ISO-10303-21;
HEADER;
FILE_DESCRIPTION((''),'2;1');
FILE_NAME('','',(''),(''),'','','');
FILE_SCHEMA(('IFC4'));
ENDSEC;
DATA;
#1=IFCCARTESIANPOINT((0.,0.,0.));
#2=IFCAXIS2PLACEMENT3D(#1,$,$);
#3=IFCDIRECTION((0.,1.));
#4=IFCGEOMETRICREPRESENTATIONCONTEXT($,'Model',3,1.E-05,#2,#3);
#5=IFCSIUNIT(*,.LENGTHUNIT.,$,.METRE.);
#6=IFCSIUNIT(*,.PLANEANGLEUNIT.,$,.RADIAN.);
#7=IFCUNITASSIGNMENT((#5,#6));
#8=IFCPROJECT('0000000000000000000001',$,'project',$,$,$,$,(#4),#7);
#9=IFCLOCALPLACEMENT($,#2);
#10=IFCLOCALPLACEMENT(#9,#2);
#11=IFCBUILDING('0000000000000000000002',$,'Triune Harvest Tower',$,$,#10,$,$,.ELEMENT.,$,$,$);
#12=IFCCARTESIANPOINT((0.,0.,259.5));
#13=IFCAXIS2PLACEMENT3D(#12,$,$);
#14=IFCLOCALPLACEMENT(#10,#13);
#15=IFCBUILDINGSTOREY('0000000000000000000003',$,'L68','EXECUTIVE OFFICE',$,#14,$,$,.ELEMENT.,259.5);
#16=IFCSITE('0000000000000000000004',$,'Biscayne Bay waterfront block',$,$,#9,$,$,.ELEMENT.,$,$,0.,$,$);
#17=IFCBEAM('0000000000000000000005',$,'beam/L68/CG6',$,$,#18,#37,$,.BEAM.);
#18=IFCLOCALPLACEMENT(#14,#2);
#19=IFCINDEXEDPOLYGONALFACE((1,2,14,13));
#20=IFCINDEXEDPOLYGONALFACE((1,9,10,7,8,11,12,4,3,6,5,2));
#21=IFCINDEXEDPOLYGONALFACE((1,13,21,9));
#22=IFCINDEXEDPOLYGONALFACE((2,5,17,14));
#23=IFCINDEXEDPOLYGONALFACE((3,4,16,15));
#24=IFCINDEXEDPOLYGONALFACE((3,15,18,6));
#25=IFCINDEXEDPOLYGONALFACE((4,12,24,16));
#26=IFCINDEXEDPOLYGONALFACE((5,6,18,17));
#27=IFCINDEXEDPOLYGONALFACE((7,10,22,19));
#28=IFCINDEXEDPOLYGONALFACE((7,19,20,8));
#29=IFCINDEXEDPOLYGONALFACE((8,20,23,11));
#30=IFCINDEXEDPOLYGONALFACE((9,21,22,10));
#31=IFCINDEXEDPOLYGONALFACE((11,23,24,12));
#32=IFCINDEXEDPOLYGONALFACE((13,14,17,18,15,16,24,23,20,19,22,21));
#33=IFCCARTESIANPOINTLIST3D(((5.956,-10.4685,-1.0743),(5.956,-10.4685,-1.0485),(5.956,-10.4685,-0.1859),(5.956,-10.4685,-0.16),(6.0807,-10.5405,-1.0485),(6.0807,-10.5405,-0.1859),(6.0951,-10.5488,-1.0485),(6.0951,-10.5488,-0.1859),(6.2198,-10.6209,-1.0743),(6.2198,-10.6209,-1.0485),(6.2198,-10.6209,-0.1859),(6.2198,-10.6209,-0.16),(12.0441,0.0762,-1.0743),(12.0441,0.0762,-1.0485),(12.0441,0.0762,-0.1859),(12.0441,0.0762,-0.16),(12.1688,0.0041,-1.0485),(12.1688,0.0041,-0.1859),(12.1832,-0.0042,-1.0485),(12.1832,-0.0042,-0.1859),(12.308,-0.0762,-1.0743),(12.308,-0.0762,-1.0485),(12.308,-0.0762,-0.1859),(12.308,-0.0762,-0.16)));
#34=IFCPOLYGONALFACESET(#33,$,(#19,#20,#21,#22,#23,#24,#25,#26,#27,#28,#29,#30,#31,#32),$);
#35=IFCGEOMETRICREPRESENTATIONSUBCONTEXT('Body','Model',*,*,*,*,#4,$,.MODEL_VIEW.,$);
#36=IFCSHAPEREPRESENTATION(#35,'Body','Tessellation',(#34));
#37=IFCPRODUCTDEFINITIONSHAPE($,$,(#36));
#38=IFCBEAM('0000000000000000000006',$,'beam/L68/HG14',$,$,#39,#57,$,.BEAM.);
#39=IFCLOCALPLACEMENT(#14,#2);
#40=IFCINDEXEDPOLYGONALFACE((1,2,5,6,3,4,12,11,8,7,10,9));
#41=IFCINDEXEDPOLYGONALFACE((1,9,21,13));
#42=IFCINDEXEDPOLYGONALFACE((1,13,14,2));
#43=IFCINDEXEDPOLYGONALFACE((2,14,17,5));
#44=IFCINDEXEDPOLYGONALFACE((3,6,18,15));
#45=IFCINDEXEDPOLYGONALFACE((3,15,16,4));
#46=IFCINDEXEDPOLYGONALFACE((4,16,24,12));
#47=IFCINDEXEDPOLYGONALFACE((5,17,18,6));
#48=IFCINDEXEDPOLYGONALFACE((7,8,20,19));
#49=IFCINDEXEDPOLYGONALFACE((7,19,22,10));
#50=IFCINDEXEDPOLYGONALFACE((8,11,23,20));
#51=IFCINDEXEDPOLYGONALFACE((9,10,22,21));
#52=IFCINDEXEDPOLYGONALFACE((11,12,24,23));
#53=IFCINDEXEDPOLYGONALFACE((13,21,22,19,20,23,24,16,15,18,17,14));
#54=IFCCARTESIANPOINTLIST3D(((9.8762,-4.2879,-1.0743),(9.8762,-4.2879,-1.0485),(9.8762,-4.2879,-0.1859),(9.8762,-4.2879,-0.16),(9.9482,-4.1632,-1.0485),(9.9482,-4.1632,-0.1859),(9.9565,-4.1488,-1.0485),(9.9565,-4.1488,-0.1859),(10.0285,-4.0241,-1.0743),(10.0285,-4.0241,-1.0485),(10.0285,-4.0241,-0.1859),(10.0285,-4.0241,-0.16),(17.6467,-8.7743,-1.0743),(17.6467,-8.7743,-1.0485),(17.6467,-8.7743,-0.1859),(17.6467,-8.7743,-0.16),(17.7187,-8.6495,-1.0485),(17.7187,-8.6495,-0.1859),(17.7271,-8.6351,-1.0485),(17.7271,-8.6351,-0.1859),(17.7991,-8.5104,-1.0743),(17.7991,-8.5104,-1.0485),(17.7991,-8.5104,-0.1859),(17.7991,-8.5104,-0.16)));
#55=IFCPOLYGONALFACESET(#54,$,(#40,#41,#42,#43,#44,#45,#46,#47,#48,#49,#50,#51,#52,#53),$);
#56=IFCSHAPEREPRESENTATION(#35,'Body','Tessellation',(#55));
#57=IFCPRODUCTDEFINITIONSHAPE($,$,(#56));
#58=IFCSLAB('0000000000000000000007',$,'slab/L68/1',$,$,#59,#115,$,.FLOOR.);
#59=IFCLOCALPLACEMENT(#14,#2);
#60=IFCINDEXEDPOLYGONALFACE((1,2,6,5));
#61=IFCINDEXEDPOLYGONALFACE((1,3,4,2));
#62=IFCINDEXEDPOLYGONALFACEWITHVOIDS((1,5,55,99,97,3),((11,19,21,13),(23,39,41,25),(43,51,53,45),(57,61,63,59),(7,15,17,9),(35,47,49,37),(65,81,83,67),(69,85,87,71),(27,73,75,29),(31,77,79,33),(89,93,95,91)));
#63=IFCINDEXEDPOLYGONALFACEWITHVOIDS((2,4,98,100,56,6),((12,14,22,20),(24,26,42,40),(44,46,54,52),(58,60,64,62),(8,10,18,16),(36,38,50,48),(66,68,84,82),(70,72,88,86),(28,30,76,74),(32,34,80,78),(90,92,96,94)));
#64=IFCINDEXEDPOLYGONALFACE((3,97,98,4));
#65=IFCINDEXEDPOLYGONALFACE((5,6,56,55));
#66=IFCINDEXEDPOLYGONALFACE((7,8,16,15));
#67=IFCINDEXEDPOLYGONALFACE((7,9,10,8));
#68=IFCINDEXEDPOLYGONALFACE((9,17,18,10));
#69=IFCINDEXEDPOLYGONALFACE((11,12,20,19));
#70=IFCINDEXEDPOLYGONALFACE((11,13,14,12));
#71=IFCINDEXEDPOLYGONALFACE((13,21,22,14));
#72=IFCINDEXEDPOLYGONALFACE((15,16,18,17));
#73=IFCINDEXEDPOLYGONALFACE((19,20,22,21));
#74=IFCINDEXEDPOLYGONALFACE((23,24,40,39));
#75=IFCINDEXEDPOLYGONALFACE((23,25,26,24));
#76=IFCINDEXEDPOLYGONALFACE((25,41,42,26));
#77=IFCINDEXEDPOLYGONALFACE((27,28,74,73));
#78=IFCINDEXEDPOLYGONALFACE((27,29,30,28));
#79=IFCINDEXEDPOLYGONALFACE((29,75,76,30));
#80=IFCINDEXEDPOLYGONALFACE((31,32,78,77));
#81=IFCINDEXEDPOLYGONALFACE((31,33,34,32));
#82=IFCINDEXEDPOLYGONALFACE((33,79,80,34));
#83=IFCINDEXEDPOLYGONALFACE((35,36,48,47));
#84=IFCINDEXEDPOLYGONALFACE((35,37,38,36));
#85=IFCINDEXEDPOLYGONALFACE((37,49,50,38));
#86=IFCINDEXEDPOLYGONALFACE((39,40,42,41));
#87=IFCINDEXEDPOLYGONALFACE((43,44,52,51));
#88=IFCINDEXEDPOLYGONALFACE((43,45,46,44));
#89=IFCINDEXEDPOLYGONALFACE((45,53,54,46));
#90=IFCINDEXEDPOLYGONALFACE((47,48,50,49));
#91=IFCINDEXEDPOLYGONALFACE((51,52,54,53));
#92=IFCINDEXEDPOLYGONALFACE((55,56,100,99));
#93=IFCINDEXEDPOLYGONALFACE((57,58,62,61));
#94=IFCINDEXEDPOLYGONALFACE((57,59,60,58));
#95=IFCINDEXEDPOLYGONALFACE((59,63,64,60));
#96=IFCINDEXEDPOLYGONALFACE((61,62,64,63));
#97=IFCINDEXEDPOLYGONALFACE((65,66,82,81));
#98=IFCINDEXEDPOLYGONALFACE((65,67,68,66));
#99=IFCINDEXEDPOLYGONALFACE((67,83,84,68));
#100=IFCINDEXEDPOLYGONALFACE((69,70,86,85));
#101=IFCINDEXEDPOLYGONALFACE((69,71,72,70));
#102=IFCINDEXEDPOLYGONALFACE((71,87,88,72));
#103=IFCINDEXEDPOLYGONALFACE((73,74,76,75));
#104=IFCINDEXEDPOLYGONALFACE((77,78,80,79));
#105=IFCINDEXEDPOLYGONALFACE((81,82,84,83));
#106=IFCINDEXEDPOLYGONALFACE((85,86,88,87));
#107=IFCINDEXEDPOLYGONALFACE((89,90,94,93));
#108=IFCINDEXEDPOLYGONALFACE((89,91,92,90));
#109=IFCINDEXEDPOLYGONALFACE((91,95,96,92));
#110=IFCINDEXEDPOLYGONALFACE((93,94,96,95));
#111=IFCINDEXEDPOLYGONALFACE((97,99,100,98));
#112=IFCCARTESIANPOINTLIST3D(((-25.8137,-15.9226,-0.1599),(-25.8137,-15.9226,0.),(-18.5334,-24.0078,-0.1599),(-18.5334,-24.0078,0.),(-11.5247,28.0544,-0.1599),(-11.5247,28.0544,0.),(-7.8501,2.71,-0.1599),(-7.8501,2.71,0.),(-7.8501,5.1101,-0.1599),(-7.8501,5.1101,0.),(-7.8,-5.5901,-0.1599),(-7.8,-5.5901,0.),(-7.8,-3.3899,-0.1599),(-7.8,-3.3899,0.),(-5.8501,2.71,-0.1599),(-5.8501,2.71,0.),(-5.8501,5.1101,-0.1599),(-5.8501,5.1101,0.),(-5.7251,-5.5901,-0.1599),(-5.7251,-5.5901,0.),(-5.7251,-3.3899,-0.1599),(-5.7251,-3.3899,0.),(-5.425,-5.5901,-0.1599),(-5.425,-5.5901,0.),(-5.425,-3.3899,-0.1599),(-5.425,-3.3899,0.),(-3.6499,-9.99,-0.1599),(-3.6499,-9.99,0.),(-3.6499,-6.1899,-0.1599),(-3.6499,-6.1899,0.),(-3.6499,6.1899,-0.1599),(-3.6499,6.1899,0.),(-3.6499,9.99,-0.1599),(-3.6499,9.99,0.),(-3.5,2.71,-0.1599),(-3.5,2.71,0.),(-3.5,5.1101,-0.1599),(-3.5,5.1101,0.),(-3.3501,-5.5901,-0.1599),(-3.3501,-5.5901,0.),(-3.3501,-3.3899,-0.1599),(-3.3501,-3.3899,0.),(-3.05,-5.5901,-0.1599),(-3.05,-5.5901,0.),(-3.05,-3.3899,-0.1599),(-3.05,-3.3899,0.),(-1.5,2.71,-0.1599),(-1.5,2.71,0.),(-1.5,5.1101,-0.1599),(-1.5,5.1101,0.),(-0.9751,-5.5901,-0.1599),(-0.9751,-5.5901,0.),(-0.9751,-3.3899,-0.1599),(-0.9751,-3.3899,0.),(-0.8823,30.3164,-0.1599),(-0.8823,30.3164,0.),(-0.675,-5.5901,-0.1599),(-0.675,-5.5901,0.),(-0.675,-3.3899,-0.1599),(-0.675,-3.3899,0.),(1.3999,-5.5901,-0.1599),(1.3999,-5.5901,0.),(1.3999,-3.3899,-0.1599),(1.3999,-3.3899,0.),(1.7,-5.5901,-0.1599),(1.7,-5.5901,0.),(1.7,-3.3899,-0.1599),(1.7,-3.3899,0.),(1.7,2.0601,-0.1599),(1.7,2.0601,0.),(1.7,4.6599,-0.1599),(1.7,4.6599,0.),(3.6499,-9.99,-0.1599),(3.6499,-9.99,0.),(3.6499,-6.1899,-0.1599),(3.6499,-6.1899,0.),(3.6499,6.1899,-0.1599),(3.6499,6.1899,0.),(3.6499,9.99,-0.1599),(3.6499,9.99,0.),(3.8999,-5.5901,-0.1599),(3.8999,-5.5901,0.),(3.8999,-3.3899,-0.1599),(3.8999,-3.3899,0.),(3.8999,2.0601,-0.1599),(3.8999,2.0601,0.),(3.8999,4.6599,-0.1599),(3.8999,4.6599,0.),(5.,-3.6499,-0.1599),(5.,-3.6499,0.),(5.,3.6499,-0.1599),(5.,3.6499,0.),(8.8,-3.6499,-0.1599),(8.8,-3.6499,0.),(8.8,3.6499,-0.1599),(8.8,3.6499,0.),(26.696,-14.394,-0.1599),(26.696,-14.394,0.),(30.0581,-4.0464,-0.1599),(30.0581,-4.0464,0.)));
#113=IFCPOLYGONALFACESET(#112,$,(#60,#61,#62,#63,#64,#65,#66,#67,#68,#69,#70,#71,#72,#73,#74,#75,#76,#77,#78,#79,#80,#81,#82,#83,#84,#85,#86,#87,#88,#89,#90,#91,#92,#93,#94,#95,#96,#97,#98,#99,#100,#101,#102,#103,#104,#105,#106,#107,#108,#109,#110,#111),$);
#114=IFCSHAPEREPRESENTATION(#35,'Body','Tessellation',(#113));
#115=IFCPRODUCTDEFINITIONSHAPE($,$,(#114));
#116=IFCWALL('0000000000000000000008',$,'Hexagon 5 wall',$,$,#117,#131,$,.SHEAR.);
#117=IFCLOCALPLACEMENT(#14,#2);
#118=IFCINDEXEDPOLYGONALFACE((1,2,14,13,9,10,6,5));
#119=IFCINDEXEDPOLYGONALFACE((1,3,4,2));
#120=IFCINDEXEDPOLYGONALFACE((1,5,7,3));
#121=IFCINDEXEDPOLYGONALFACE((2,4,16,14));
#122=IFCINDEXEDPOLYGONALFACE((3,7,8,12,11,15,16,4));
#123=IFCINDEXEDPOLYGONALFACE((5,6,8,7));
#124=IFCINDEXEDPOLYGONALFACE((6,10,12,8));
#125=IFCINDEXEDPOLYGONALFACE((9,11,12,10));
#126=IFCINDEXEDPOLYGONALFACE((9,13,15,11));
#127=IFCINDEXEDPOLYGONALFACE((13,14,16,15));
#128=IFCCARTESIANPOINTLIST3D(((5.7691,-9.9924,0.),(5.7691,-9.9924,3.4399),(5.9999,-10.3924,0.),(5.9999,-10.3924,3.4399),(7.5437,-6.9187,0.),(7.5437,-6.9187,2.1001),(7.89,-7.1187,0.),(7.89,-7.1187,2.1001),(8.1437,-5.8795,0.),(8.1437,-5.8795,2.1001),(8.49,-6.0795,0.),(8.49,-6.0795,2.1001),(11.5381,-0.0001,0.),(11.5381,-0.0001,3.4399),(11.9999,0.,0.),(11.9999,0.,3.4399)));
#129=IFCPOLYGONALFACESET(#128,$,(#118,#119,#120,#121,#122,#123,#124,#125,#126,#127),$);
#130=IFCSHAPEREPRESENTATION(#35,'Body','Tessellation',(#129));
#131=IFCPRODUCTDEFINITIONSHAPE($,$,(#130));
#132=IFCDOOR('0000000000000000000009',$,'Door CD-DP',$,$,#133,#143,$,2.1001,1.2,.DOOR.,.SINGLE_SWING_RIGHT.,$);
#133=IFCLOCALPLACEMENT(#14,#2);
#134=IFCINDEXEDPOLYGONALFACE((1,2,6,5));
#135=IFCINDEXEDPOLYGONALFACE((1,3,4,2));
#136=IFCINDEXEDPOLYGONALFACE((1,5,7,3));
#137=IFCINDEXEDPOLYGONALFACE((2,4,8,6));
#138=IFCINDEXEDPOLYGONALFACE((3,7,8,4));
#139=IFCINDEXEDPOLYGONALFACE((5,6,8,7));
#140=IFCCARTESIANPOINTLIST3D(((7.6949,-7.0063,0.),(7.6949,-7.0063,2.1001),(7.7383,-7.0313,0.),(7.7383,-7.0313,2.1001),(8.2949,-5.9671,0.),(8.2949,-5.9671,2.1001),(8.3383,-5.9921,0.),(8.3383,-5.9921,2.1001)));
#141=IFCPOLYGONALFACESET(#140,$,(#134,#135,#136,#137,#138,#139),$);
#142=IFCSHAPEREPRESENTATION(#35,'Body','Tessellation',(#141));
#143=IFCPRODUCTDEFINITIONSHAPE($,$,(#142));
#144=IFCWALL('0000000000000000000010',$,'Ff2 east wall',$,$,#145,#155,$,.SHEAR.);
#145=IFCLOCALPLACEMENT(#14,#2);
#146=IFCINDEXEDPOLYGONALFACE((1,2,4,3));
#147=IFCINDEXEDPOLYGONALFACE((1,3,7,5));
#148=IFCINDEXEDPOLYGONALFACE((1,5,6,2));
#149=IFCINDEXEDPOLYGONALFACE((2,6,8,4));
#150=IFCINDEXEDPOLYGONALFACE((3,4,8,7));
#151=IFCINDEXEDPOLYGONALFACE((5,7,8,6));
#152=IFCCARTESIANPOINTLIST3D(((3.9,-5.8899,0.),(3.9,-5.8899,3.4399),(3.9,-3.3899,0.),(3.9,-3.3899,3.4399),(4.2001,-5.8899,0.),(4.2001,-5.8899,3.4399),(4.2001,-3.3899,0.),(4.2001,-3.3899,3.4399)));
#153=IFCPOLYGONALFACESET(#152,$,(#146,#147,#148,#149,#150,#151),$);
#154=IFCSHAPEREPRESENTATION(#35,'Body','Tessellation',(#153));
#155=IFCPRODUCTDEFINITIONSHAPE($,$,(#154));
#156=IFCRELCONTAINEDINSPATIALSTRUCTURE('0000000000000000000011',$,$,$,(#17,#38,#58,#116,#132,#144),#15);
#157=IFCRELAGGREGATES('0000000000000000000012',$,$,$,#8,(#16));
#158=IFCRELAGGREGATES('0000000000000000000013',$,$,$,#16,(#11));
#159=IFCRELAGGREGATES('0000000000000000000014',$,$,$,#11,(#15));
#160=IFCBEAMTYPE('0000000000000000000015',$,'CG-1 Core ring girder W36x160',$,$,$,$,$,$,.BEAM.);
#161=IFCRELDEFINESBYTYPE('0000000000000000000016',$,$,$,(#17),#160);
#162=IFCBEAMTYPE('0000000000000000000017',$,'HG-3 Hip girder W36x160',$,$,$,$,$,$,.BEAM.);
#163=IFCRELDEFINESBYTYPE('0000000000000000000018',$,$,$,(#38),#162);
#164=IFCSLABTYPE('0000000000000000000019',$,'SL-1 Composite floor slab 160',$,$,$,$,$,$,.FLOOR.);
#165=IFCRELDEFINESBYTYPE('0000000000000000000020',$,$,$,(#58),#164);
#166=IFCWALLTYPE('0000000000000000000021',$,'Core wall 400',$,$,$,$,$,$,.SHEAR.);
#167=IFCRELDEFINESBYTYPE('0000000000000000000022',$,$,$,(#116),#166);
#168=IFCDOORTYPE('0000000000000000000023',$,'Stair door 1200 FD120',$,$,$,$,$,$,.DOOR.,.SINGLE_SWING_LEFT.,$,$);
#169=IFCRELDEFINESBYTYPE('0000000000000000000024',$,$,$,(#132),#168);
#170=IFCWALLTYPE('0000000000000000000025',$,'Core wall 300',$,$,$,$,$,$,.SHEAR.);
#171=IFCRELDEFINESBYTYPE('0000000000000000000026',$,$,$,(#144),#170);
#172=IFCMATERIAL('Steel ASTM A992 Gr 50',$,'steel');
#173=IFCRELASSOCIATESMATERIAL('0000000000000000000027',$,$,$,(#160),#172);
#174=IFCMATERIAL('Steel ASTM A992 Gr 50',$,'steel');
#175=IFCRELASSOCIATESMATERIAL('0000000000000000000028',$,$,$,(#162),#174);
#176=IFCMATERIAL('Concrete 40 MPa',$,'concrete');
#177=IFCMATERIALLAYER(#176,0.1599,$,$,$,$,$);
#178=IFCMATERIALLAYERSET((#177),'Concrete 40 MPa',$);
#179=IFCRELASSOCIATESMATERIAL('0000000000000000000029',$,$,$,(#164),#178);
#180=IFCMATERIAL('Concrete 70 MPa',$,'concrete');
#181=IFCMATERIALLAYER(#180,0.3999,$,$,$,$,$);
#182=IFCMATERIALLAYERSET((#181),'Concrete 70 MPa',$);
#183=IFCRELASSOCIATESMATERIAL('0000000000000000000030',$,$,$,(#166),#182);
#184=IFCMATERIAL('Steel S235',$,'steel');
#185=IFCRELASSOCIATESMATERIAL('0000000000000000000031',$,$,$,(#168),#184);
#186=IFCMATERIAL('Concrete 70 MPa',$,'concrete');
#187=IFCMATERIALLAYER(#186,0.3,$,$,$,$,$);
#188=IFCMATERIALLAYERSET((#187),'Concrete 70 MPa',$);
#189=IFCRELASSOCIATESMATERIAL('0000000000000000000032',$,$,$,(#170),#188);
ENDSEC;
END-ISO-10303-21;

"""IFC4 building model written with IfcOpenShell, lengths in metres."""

from ifc_helpers import new_model, si_unit, direction, frame, frame_2d, origin, origin_2d, place, context, subcontext, project, spatial, polyline, rectangle, i_section, outline, extrude, source, transform, mapped, material, layer, layer_set, material_profile, profile_set, type_object, element, fill, save


model = new_model("IFC4")

# Units and contexts
model_context = context("Model", 3, precision=1e-05, world=origin(), true_north=direction((0.0, 1.0)))
body_context = subcontext(model_context, "Body", "Model", "MODEL_VIEW")
ifc_project = project(units=[si_unit("LENGTHUNIT", "METRE"), si_unit("PLANEANGLEUNIT", "RADIAN")], contexts=[model_context])

# Site, building, storey
site_placement = place(None, origin())
site = spatial("IfcSite", under=ifc_project, at=site_placement, Name="Biscayne Bay waterfront block", CompositionType="ELEMENT", RefElevation=0.0)
building_placement = place(site_placement, origin())
building = spatial("IfcBuilding", under=site, at=building_placement, Name="Triune Harvest Tower", CompositionType="ELEMENT")
storey_placement = place(building_placement, frame((0.0, 0.0, 259.5)))
storey = spatial("IfcBuildingStorey", under=building, at=storey_placement, Name="L68", Description="EXECUTIVE OFFICE", CompositionType="ELEMENT", Elevation=259.5)

# Beams
ifc_material_1 = material(Name="Steel ASTM A992 Gr 50", Category="steel")
ifc_material_profile_1 = material_profile(ifc_material_1, i_section(OverallWidth=0.3047, OverallDepth=0.9143, WebThickness=0.0166, FlangeThickness=0.0259, at=origin_2d()), Name="W36x160")
ifc_profile_set_1 = profile_set([ifc_material_profile_1], Name="Steel ASTM A992 Gr 50")
beam_type_1 = type_object("IfcBeamType", Name="CG-1 Core ring girder W36x160", PredefinedType="BEAM", material=ifc_profile_set_1)
shared_shape_1 = source(origin(), body_context, "Body", "SweptSolid", [
    extrude(i_section(OverallWidth=0.3047, OverallDepth=0.9143, WebThickness=0.0166, FlangeThickness=0.0259, at=origin_2d()), origin(), (0.0, 0.0, 1.0), 12.176),
])
beam_1_placement = place(storey_placement, frame((6.0879, -10.5447, -0.6172), z_axis=(0.50001, 0.86602, 0.0), x_axis=(-0.86602, 0.50001, 0.0)))
element("IfcBeam", 1, at=beam_1_placement, inside=storey, type_object=beam_type_1, Name="beam/L68/CG6", PredefinedType="BEAM", context=body_context, shape_type="MappedRepresentation", body=[
    mapped(shared_shape_1, transform((0.0, 0.0, 0.0), scale=1.0)),
])
ifc_material_2 = material(Name="Steel ASTM A992 Gr 50", Category="steel")
ifc_material_profile_2 = material_profile(ifc_material_2, i_section(OverallWidth=0.3047, OverallDepth=0.9143, WebThickness=0.0166, FlangeThickness=0.0259, at=origin_2d()), Name="W36x160")
ifc_profile_set_2 = profile_set([ifc_material_profile_2], Name="Steel ASTM A992 Gr 50")
beam_type_2 = type_object("IfcBeamType", Name="HG-3 Hip girder W36x160", PredefinedType="BEAM", material=ifc_profile_set_2)
shared_shape_2 = source(origin(), body_context, "Body", "SweptSolid", [
    extrude(i_section(OverallWidth=0.3047, OverallDepth=0.9143, WebThickness=0.0166, FlangeThickness=0.0259, at=origin_2d()), origin(), (0.0, 0.0, 1.0), 8.9727),
])
beam_2_placement = place(storey_placement, frame((17.7229, -8.6423, -0.6172), z_axis=(-0.866024, 0.500002, 0.0), x_axis=(-0.500002, -0.866024, 0.0)))
element("IfcBeam", 2, at=beam_2_placement, inside=storey, type_object=beam_type_2, Name="beam/L68/HG14", PredefinedType="BEAM", context=body_context, shape_type="MappedRepresentation", body=[
    mapped(shared_shape_2, transform((0.0, 0.0, 0.0), scale=1.0)),
])

# Slab
ifc_material_3 = material(Name="Concrete 40 MPa", Category="concrete")
ifc_layer_1 = layer(ifc_material_3, 0.1599)
ifc_layer_set_1 = layer_set([ifc_layer_1], Name="Concrete 40 MPa")
slab_type = type_object("IfcSlabType", Name="SL-1 Composite floor slab 160", PredefinedType="FLOOR", material=ifc_layer_set_1)
shared_shape_3 = source(origin(), body_context, "Body", "SweptSolid", [
    extrude(outline(polyline([(30.0581, -4.0464), (-0.8823, 30.3164), (-11.5247, 28.0544), (-25.8137, -15.9226), (-18.5334, -24.0078), (26.696, -14.394), (30.0581, -4.0464)]), holes=[polyline([(-5.7251, -5.5901), (-5.7251, -3.3899), (-7.8, -3.3899), (-7.8, -5.5901), (-5.7251, -5.5901)]), polyline([(-3.3501, -5.5901), (-3.3501, -3.3899), (-5.425, -3.3899), (-5.425, -5.5901), (-3.3501, -5.5901)]), polyline([(-0.9751, -5.5901), (-0.9751, -3.3899), (-3.05, -3.3899), (-3.05, -5.5901), (-0.9751, -5.5901)]), polyline([(1.3999, -5.5901), (1.3999, -3.3899), (-0.675, -3.3899), (-0.675, -5.5901), (1.3999, -5.5901)]), polyline([(3.8999, 2.0601), (3.8999, 4.6599), (1.7, 4.6599), (1.7, 2.0601), (3.8999, 2.0601)]), polyline([(3.8999, -5.5901), (3.8999, -3.3899), (1.7, -3.3899), (1.7, -5.5901), (3.8999, -5.5901)]), polyline([(-5.8501, 2.71), (-5.8501, 5.1101), (-7.8501, 5.1101), (-7.8501, 2.71), (-5.8501, 2.71)]), polyline([(-1.5, 2.71), (-1.5, 5.1101), (-3.5, 5.1101), (-3.5, 2.71), (-1.5, 2.71)]), polyline([(3.6499, 6.1899), (3.6499, 9.99), (-3.6499, 9.99), (-3.6499, 6.1899), (3.6499, 6.1899)]), polyline([(3.6499, -9.99), (3.6499, -6.1899), (-3.6499, -6.1899), (-3.6499, -9.99), (3.6499, -9.99)]), polyline([(8.8, -3.6499), (8.8, 3.6499), (5.0, 3.6499), (5.0, -3.6499), (8.8, -3.6499)])]), origin(), (0.0, 0.0, 1.0), 0.1599),
])
slab_placement = place(storey_placement, frame((0.0, 0.0, -0.1599)))
element("IfcSlab", 3, at=slab_placement, inside=storey, type_object=slab_type, Name="slab/L68/1", PredefinedType="FLOOR", context=body_context, shape_type="MappedRepresentation", body=[
    mapped(shared_shape_3, transform((0.0, 0.0, 0.0), scale=1.0)),
])

# Wall, opening, door
ifc_material_4 = material(Name="Concrete 70 MPa", Category="concrete")
ifc_layer_2 = layer(ifc_material_4, 0.3999)
ifc_layer_set_2 = layer_set([ifc_layer_2], Name="Concrete 70 MPa")
wall_type_1 = type_object("IfcWallType", Name="Core wall 400", PredefinedType="SHEAR", material=ifc_layer_set_2)
shared_shape_4 = source(origin(), body_context, "Body", "SweptSolid", [
    extrude(outline(polyline([(-0.1155, -0.2), (11.8845, -0.2), (11.6536, 0.2), (0.1155, 0.2), (-0.1155, -0.2)])), origin(), (0.0, 0.0, 1.0), 3.4399),
])
wall_1_placement = place(storey_placement, frame((5.8845, -10.1924, 0.0), z_axis=(0.0, 0.0, 1.0), x_axis=(0.499997, 0.866027, 0.0)))
wall_1 = element("IfcWall", 4, at=wall_1_placement, inside=storey, type_object=wall_type_1, Name="Hexagon 5 wall", PredefinedType="SHEAR", context=body_context, shape_type="MappedRepresentation", body=[
    mapped(shared_shape_4, transform((0.0, 0.0, 0.0), scale=1.0)),
])
opening_1_placement = place(wall_1_placement, frame((3.6646, 0.0, 0.0)))
opening_1 = element("IfcOpeningElement", 5, at=opening_1_placement, cuts=wall_1, PredefinedType="OPENING", context=body_context, shape_type="SweptSolid", body=[
    extrude(rectangle(XDim=1.2, YDim=2.1001, at=frame_2d((0.6001, 1.05))), frame((0.0, 0.21, 0.0), z_axis=(0.0, -1.0, 0.0), x_axis=(1.0, 0.0, 0.0)), (0.0, 0.0, 1.0), 0.4199),
])
ifc_material_5 = material(Name="Steel S235", Category="steel")
door_type_1 = type_object("IfcDoorType", Name="Stair door 1200 FD120", OperationType="SINGLE_SWING_LEFT", PredefinedType="DOOR", material=ifc_material_5)
door_1_placement = place(opening_1_placement, frame((1.2, 0.0, 0.0), z_axis=(0.0, 0.0, 1.0), x_axis=(-1.0, 0.0, 0.0)))
door_1 = element("IfcDoor", 6, at=door_1_placement, inside=storey, type_object=door_type_1, Name="Door CD-DP", OperationType="SINGLE_SWING_RIGHT", OverallHeight=2.1001, OverallWidth=1.2, PredefinedType="DOOR", context=body_context, shape_type="SweptSolid", body=[
    extrude(rectangle(XDim=1.2, YDim=2.1001, at=frame_2d((0.6001, 1.05))), frame((0.0, 0.0249, 0.0), z_axis=(0.0, -1.0, 0.0), x_axis=(1.0, 0.0, 0.0)), (0.0, 0.0, 1.0), 0.05),
])
fill(opening_1, door_1)

# Wall
ifc_material_6 = material(Name="Concrete 70 MPa", Category="concrete")
ifc_layer_3 = layer(ifc_material_6, 0.3)
ifc_layer_set_3 = layer_set([ifc_layer_3], Name="Concrete 70 MPa")
wall_type_2 = type_object("IfcWallType", Name="Core wall 300", PredefinedType="SHEAR", material=ifc_layer_set_3)
shared_shape_5 = source(origin(), body_context, "Body", "SweptSolid", [
    extrude(rectangle(XDim=2.5, YDim=0.3, at=frame_2d((1.25, 0.0))), origin(), (0.0, 0.0, 1.0), 3.4399),
])
wall_2_placement = place(storey_placement, frame((4.05, -5.8899, 0.0), z_axis=(0.0, 0.0, 1.0), x_axis=(0.0, 1.0, 0.0)))
element("IfcWall", 7, at=wall_2_placement, inside=storey, type_object=wall_type_2, Name="Ff2 east wall", PredefinedType="SHEAR", context=body_context, shape_type="MappedRepresentation", body=[
    mapped(shared_shape_5, transform((0.0, 0.0, 0.0), scale=1.0)),
])

save(model, "model.ifc")
